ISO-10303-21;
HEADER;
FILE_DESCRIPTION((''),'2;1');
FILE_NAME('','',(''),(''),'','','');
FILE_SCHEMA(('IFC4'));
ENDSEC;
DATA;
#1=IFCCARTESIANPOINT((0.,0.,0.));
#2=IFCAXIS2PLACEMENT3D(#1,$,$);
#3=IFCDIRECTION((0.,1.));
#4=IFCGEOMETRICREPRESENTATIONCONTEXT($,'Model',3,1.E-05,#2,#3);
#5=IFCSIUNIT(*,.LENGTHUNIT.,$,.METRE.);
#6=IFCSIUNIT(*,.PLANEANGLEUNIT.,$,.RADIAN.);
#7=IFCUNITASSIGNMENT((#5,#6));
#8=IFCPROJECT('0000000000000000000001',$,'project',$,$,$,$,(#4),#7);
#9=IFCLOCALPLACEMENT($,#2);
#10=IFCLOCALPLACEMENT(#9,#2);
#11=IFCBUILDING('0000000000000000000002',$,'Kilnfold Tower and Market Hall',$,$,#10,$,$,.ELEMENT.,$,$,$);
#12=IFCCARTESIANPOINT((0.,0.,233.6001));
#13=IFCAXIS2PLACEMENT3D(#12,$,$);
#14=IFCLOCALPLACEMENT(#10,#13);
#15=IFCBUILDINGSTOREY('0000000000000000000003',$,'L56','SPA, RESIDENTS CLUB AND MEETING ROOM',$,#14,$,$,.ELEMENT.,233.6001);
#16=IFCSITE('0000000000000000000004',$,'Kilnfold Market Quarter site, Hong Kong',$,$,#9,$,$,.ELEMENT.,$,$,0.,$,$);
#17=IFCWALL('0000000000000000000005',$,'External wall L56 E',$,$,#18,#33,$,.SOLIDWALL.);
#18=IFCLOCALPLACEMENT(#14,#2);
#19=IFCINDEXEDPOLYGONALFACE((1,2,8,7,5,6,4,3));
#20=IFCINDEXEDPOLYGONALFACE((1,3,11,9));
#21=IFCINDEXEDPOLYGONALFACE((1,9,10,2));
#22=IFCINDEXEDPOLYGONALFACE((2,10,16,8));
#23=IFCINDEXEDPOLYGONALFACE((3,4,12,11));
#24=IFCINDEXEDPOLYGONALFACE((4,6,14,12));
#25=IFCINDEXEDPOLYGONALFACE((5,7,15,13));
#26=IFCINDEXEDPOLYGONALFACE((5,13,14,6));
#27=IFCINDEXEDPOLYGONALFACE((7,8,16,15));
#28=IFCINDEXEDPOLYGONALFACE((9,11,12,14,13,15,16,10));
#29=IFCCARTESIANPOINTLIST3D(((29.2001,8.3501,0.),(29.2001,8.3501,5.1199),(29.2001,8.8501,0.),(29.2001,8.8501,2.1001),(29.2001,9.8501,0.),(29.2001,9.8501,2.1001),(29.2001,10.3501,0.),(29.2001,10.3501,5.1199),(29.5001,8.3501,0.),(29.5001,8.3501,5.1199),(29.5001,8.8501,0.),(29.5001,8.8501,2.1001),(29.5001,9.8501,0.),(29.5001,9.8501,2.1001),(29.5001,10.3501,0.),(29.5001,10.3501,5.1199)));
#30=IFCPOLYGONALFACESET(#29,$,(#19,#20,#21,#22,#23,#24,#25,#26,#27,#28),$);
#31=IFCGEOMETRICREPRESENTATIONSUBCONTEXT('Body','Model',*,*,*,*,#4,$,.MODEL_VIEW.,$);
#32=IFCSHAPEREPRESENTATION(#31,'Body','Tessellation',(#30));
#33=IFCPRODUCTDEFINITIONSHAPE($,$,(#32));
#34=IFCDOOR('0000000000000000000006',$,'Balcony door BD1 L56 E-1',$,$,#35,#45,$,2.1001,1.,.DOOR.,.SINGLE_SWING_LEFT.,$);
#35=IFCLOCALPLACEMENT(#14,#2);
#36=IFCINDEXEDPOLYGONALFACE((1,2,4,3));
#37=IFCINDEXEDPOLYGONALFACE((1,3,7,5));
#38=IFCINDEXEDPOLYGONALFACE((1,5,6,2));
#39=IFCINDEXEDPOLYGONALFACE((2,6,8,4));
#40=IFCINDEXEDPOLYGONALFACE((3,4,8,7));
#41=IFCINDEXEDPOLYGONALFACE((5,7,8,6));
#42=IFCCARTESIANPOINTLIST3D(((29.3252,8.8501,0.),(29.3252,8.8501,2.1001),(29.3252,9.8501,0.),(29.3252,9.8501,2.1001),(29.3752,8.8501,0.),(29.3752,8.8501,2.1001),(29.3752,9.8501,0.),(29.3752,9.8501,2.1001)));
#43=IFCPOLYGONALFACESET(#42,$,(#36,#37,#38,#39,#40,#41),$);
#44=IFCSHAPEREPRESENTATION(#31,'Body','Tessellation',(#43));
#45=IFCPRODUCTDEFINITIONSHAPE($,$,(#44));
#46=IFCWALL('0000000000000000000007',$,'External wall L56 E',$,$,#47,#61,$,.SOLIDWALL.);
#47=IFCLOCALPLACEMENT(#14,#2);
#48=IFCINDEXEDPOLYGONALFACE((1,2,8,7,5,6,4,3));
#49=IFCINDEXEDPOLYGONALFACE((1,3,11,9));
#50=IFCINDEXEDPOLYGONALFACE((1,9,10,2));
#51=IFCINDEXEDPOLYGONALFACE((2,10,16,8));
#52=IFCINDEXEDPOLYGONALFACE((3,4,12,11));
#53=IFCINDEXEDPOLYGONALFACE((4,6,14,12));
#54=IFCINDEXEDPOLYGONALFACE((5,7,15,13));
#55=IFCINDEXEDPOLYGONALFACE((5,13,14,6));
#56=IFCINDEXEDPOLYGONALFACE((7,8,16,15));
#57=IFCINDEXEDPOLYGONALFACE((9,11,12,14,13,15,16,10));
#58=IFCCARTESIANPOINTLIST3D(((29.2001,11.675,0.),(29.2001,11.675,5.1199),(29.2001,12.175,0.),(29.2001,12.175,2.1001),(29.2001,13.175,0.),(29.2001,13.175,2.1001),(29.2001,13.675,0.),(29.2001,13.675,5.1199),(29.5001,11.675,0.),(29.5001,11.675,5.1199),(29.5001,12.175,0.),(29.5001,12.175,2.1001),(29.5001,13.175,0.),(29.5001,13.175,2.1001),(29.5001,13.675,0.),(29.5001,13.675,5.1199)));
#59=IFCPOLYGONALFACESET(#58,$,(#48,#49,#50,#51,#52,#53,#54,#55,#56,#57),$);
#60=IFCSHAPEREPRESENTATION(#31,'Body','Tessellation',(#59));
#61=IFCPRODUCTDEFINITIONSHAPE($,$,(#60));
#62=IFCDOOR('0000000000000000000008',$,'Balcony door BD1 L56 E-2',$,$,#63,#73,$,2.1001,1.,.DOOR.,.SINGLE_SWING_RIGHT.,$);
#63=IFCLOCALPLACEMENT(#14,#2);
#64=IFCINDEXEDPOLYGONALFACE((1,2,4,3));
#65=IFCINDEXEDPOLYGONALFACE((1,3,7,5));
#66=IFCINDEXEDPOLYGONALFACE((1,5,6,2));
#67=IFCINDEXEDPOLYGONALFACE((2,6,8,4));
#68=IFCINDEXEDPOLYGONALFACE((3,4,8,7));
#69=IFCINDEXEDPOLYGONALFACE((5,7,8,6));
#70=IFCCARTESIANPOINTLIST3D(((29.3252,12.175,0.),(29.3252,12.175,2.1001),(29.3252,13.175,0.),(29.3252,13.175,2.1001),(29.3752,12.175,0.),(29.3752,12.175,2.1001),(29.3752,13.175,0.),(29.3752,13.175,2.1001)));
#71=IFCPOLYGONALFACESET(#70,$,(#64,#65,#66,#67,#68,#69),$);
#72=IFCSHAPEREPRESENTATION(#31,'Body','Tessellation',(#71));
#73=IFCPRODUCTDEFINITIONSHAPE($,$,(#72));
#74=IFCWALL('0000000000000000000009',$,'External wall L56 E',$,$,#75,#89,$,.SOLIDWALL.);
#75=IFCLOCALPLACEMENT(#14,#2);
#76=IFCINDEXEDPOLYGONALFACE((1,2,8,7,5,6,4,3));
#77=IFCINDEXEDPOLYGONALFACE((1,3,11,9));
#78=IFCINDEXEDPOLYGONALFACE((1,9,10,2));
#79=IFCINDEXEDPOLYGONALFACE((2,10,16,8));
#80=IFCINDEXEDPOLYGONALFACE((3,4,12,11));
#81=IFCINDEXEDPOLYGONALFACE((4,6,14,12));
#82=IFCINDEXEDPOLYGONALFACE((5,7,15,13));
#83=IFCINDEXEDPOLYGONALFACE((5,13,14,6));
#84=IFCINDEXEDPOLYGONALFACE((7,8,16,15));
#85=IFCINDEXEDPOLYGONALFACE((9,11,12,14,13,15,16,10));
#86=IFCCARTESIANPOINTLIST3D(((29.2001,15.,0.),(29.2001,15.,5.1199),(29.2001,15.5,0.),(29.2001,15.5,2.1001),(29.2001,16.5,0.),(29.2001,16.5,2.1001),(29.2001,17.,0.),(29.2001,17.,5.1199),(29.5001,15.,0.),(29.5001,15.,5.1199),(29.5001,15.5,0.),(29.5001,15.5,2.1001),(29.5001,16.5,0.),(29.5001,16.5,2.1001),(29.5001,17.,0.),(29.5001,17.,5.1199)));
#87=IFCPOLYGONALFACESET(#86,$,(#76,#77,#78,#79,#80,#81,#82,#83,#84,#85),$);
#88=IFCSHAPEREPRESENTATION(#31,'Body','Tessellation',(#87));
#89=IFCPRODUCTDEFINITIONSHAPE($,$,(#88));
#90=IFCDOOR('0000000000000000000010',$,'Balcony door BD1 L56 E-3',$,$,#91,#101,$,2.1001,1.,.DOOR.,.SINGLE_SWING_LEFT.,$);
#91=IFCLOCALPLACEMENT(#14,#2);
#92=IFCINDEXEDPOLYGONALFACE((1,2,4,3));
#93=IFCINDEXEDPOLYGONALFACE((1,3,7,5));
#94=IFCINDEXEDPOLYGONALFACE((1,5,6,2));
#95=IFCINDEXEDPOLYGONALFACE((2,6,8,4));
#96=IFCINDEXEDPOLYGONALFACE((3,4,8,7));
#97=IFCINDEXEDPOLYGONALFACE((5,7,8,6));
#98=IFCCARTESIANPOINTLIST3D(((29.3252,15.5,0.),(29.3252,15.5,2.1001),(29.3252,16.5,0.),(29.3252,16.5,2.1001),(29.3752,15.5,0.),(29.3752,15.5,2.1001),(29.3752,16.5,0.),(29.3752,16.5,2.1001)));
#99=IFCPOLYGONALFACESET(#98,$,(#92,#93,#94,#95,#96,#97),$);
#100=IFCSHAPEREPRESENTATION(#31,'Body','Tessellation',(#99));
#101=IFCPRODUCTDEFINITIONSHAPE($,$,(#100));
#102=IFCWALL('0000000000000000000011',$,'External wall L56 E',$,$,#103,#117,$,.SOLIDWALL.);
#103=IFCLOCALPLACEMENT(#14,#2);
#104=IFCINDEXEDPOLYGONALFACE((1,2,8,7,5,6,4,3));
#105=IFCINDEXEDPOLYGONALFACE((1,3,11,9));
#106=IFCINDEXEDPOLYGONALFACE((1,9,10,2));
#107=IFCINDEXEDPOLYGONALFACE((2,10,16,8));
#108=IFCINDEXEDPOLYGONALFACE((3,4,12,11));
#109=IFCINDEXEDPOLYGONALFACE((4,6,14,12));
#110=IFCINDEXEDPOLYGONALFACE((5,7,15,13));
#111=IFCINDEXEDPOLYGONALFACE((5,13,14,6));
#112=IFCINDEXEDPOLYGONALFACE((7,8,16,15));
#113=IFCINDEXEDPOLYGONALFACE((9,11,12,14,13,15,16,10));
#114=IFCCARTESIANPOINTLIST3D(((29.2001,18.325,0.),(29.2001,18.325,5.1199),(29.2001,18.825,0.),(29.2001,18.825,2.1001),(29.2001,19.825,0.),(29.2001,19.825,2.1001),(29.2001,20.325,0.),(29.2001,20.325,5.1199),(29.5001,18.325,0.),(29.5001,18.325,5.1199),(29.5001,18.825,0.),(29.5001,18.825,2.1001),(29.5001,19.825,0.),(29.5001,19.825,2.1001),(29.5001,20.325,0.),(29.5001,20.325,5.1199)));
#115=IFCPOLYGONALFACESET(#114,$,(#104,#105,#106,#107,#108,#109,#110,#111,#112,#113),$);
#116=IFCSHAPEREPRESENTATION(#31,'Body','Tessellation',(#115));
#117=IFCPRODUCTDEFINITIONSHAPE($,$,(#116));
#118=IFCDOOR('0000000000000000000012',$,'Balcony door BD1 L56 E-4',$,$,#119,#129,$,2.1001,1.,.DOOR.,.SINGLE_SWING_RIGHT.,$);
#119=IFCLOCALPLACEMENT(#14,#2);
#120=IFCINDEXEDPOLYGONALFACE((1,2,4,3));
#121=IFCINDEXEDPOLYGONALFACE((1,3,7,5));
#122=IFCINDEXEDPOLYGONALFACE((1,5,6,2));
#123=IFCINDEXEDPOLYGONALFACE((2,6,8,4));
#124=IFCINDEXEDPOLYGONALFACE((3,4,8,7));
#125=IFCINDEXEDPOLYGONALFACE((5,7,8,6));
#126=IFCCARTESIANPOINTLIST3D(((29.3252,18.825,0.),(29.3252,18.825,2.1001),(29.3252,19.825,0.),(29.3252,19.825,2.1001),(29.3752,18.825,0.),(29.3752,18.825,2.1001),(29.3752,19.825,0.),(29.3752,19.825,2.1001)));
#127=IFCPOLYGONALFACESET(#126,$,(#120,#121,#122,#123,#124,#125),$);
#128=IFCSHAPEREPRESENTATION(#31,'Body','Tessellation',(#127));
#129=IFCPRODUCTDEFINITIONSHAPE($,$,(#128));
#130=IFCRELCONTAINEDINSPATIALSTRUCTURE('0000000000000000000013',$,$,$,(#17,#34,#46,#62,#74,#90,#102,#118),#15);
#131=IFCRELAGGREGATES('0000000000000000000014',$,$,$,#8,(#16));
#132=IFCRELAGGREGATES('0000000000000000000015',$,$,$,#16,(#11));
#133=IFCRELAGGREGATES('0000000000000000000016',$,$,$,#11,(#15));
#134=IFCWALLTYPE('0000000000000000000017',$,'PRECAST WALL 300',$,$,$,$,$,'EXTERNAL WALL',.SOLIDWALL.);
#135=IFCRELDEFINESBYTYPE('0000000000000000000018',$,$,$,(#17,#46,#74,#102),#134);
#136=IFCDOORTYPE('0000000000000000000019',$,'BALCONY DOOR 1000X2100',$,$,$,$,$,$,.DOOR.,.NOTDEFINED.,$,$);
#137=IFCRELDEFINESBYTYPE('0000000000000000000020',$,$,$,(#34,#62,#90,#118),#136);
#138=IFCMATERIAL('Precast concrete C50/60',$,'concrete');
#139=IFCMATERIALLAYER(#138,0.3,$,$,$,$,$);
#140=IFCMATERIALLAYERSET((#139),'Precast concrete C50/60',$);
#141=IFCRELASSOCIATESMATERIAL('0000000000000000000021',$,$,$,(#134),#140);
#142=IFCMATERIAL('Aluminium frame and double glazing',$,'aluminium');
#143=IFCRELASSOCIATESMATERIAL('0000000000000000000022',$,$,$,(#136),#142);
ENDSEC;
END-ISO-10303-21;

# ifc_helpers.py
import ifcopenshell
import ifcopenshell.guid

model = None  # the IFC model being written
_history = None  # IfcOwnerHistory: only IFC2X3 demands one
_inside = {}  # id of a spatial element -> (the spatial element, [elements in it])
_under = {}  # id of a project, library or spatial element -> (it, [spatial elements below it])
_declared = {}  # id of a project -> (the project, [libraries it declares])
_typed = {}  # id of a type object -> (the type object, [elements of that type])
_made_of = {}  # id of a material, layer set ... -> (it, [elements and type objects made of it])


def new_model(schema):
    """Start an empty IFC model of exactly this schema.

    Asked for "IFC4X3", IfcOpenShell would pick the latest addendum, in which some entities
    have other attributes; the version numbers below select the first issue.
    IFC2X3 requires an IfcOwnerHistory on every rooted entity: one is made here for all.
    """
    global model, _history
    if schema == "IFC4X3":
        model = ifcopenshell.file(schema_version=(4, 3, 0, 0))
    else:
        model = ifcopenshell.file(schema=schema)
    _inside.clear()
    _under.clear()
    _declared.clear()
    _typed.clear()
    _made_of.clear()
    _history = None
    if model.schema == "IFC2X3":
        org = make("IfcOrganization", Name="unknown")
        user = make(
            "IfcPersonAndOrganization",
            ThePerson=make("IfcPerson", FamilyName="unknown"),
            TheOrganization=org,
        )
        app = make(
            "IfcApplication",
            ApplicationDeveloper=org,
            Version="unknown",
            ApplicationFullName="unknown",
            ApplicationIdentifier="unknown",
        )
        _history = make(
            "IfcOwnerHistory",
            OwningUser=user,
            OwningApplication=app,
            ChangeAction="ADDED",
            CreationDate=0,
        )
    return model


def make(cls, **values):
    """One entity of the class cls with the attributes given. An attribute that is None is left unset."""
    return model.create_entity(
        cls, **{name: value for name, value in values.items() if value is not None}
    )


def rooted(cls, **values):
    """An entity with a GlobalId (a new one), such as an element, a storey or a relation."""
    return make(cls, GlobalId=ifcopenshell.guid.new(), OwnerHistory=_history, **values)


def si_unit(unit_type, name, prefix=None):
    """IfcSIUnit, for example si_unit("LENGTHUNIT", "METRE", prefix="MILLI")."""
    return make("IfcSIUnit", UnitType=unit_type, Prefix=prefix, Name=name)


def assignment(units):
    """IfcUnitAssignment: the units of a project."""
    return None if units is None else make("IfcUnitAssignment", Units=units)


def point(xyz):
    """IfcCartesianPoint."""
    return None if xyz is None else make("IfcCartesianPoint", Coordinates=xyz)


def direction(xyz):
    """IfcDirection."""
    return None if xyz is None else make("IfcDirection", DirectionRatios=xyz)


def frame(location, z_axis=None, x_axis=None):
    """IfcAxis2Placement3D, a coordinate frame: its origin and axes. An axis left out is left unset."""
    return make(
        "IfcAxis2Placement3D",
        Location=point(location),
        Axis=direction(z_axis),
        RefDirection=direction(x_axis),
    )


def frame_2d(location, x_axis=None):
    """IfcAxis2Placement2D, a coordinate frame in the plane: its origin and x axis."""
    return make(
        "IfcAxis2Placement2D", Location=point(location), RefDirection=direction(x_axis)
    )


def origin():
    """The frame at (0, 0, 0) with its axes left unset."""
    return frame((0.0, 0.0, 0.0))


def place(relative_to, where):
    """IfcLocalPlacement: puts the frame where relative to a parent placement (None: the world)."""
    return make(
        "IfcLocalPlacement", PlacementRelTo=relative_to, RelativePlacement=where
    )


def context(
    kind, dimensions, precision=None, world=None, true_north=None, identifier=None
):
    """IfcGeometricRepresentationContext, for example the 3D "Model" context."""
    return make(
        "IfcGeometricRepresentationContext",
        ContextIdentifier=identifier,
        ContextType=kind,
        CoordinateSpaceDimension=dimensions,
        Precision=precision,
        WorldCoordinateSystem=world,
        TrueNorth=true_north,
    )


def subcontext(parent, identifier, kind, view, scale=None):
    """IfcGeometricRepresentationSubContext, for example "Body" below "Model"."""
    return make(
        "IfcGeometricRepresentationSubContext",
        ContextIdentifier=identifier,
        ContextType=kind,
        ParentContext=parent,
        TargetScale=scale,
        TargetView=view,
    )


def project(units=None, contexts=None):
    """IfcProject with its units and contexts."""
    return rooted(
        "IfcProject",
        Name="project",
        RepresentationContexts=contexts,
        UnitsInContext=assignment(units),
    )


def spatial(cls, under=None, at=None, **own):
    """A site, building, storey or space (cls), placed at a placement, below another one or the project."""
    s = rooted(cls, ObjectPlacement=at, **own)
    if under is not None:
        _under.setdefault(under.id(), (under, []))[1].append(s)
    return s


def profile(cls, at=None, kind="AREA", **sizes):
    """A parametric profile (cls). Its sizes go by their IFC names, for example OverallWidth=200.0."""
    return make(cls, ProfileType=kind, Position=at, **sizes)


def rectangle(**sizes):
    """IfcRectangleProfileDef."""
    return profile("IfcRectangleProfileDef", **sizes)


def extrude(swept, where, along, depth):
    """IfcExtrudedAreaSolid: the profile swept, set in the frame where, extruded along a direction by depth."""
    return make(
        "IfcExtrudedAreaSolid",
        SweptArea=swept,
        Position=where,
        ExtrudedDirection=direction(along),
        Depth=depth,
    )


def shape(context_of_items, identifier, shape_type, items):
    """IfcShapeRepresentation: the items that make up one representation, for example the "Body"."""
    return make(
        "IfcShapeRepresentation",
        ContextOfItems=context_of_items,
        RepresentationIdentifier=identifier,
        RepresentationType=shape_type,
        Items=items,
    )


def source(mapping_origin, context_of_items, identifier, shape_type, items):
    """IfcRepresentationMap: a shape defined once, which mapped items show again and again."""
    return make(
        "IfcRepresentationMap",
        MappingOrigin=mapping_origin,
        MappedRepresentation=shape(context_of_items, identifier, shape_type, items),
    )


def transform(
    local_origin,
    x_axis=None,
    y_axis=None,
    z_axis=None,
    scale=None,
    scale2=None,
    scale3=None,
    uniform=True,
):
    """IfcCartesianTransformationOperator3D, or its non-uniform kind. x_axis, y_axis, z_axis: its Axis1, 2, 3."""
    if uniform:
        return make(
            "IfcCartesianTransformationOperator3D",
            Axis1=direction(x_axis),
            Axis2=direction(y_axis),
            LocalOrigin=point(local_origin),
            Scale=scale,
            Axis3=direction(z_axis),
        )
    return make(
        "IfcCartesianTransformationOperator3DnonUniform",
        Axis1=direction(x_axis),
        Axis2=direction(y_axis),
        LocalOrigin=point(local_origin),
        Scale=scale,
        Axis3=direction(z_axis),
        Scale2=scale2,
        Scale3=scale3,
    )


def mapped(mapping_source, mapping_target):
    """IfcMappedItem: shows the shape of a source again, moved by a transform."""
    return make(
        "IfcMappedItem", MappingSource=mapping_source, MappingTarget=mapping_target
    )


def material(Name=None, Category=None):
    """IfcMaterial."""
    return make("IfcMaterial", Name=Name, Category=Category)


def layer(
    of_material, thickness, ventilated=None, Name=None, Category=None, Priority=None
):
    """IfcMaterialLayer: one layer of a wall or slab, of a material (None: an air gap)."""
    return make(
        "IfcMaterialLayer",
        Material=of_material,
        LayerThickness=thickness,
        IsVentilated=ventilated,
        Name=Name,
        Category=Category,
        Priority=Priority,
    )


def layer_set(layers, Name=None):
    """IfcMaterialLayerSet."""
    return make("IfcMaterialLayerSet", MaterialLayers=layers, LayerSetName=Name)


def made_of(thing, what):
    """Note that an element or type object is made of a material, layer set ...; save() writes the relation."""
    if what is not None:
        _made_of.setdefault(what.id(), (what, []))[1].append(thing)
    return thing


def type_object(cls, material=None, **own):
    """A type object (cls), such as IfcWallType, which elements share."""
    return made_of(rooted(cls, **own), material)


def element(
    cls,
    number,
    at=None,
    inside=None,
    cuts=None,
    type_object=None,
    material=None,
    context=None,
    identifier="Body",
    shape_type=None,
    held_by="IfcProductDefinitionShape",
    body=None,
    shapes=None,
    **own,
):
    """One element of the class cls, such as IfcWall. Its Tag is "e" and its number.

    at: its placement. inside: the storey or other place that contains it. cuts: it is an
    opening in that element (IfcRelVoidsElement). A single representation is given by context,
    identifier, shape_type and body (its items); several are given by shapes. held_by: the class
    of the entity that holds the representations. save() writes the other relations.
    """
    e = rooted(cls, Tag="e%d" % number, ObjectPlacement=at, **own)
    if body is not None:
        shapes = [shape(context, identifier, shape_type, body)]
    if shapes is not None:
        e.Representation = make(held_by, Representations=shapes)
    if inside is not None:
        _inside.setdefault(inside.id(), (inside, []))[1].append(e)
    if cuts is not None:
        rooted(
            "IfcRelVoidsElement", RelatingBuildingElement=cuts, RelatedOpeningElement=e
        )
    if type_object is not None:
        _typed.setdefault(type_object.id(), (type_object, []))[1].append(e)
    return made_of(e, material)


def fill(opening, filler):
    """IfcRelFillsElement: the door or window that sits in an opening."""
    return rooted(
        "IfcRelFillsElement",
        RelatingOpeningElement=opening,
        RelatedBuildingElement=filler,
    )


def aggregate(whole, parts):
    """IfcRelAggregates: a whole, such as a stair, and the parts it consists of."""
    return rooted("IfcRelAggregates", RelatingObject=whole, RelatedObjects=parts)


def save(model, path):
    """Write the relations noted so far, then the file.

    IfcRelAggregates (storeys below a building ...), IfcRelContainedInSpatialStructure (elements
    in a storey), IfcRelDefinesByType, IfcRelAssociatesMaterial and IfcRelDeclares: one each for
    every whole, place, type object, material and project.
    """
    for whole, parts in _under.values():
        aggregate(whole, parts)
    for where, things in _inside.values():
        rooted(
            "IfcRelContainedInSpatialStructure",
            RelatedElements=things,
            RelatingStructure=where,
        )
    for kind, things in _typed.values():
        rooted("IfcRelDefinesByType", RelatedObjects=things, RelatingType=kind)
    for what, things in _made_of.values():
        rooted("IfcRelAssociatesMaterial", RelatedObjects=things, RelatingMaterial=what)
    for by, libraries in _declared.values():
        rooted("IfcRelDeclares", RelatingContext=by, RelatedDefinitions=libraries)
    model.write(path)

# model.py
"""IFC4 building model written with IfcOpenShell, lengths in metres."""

from ifc_helpers import new_model, si_unit, direction, frame, frame_2d, origin, place, context, subcontext, project, spatial, rectangle, extrude, source, transform, mapped, material, layer, layer_set, type_object, element, fill, save


model = new_model("IFC4")

# Units and contexts
model_context = context("Model", 3, precision=1e-05, world=origin(), true_north=direction((0.0, 1.0)))
body_context = subcontext(model_context, "Body", "Model", "MODEL_VIEW")
ifc_project = project(units=[si_unit("LENGTHUNIT", "METRE"), si_unit("PLANEANGLEUNIT", "RADIAN")], contexts=[model_context])

# Site, building, storey
site_placement = place(None, origin())
site = spatial("IfcSite", under=ifc_project, at=site_placement, Name="Kilnfold Market Quarter site, Hong Kong", CompositionType="ELEMENT", RefElevation=0.0)
building_placement = place(site_placement, origin())
building = spatial("IfcBuilding", under=site, at=building_placement, Name="Kilnfold Tower and Market Hall", CompositionType="ELEMENT")
storey_placement = place(building_placement, frame((0.0, 0.0, 233.6001)))
storey = spatial("IfcBuildingStorey", under=building, at=storey_placement, Name="L56", Description="SPA, RESIDENTS CLUB AND MEETING ROOM", CompositionType="ELEMENT", Elevation=233.6001)

# Walls, openings, doors
ifc_material_1 = material(Name="Precast concrete C50/60", Category="concrete")
ifc_layer_1 = layer(ifc_material_1, 0.3)
ifc_layer_set_1 = layer_set([ifc_layer_1], Name="Precast concrete C50/60")
wall_type = type_object("IfcWallType", Name="PRECAST WALL 300", ElementType="EXTERNAL WALL", PredefinedType="SOLIDWALL", material=ifc_layer_set_1)
shared_shape_1 = source(origin(), body_context, "Body", "SweptSolid", [
    extrude(rectangle(XDim=2.0, YDim=0.3, at=frame_2d((1.0, 0.0))), origin(), (0.0, 0.0, 1.0), 5.1199),
])
wall_1_placement = place(storey_placement, frame((29.3501, 8.3501, 0.0), z_axis=(0.0, 0.0, 1.0), x_axis=(0.0, 1.0, 0.0)))
wall_1 = element("IfcWall", 1, at=wall_1_placement, inside=storey, type_object=wall_type, Name="External wall L56 E", PredefinedType="SOLIDWALL", context=body_context, shape_type="MappedRepresentation", body=[
    mapped(shared_shape_1, transform((0.0, 0.0, 0.0))),
])
opening_1_placement = place(wall_1_placement, frame((0.5, 0.0, 0.0)))
opening_1 = element("IfcOpeningElement", 2, at=opening_1_placement, cuts=wall_1, PredefinedType="OPENING", context=body_context, shape_type="SweptSolid", body=[
    extrude(rectangle(XDim=1.0, YDim=2.1001, at=frame_2d((0.5, 1.05))), frame((0.0, 0.1602, 0.0), z_axis=(0.0, -1.0, 0.0), x_axis=(1.0, 0.0, 0.0)), (0.0, 0.0, 1.0), 0.3201),
])
ifc_material_2 = material(Name="Aluminium frame and double glazing", Category="aluminium")
door_type = type_object("IfcDoorType", Name="BALCONY DOOR 1000X2100", OperationType="NOTDEFINED", PredefinedType="DOOR", material=ifc_material_2)
door_1_placement = place(opening_1_placement, origin())
door_1 = element("IfcDoor", 3, at=door_1_placement, inside=storey, type_object=door_type, Name="Balcony door BD1 L56 E-1", OperationType="SINGLE_SWING_LEFT", OverallHeight=2.1001, OverallWidth=1.0, PredefinedType="DOOR", context=body_context, shape_type="SweptSolid", body=[
    extrude(rectangle(XDim=1.0, YDim=2.1001, at=frame_2d((0.5, 1.05))), frame((0.0, 0.0249, 0.0), z_axis=(0.0, -1.0, 0.0), x_axis=(1.0, 0.0, 0.0)), (0.0, 0.0, 1.0), 0.05),
])
fill(opening_1, door_1)
wall_2_placement = place(storey_placement, frame((29.3501, 11.675, 0.0), z_axis=(0.0, 0.0, 1.0), x_axis=(0.0, 1.0, 0.0)))
wall_2 = element("IfcWall", 4, at=wall_2_placement, inside=storey, type_object=wall_type, Name="External wall L56 E", PredefinedType="SOLIDWALL", context=body_context, shape_type="MappedRepresentation", body=[
    mapped(shared_shape_1, transform((0.0, 0.0, 0.0))),
])
opening_2_placement = place(wall_2_placement, frame((0.5, 0.0, 0.0)))
opening_2 = element("IfcOpeningElement", 5, at=opening_2_placement, cuts=wall_2, PredefinedType="OPENING", context=body_context, shape_type="SweptSolid", body=[
    extrude(rectangle(XDim=1.0, YDim=2.1001, at=frame_2d((0.5, 1.05))), frame((0.0, 0.1602, 0.0), z_axis=(0.0, -1.0, 0.0), x_axis=(1.0, 0.0, 0.0)), (0.0, 0.0, 1.0), 0.3201),
])
door_2_placement = place(opening_2_placement, origin())
door_2 = element("IfcDoor", 6, at=door_2_placement, inside=storey, type_object=door_type, Name="Balcony door BD1 L56 E-2", OperationType="SINGLE_SWING_RIGHT", OverallHeight=2.1001, OverallWidth=1.0, PredefinedType="DOOR", context=body_context, shape_type="SweptSolid", body=[
    extrude(rectangle(XDim=1.0, YDim=2.1001, at=frame_2d((0.5, 1.05))), frame((0.0, 0.0249, 0.0), z_axis=(0.0, -1.0, 0.0), x_axis=(1.0, 0.0, 0.0)), (0.0, 0.0, 1.0), 0.05),
])
fill(opening_2, door_2)
wall_3_placement = place(storey_placement, frame((29.3501, 15.0, 0.0), z_axis=(0.0, 0.0, 1.0), x_axis=(0.0, 1.0, 0.0)))
wall_3 = element("IfcWall", 7, at=wall_3_placement, inside=storey, type_object=wall_type, Name="External wall L56 E", PredefinedType="SOLIDWALL", context=body_context, shape_type="MappedRepresentation", body=[
    mapped(shared_shape_1, transform((0.0, 0.0, 0.0))),
])
opening_3_placement = place(wall_3_placement, frame((0.5, 0.0, 0.0)))
opening_3 = element("IfcOpeningElement", 8, at=opening_3_placement, cuts=wall_3, PredefinedType="OPENING", context=body_context, shape_type="SweptSolid", body=[
    extrude(rectangle(XDim=1.0, YDim=2.1001, at=frame_2d((0.5, 1.05))), frame((0.0, 0.1602, 0.0), z_axis=(0.0, -1.0, 0.0), x_axis=(1.0, 0.0, 0.0)), (0.0, 0.0, 1.0), 0.3201),
])
door_3_placement = place(opening_3_placement, origin())
door_3 = element("IfcDoor", 9, at=door_3_placement, inside=storey, type_object=door_type, Name="Balcony door BD1 L56 E-3", OperationType="SINGLE_SWING_LEFT", OverallHeight=2.1001, OverallWidth=1.0, PredefinedType="DOOR", context=body_context, shape_type="SweptSolid", body=[
    extrude(rectangle(XDim=1.0, YDim=2.1001, at=frame_2d((0.5, 1.05))), frame((0.0, 0.0249, 0.0), z_axis=(0.0, -1.0, 0.0), x_axis=(1.0, 0.0, 0.0)), (0.0, 0.0, 1.0), 0.05),
])
fill(opening_3, door_3)
wall_4_placement = place(storey_placement, frame((29.3501, 18.325, 0.0), z_axis=(0.0, 0.0, 1.0), x_axis=(0.0, 1.0, 0.0)))
wall_4 = element("IfcWall", 10, at=wall_4_placement, inside=storey, type_object=wall_type, Name="External wall L56 E", PredefinedType="SOLIDWALL", context=body_context, shape_type="MappedRepresentation", body=[
    mapped(shared_shape_1, transform((0.0, 0.0, 0.0))),
])
opening_4_placement = place(wall_4_placement, frame((0.5, 0.0, 0.0)))
opening_4 = element("IfcOpeningElement", 11, at=opening_4_placement, cuts=wall_4, PredefinedType="OPENING", context=body_context, shape_type="SweptSolid", body=[
    extrude(rectangle(XDim=1.0, YDim=2.1001, at=frame_2d((0.5, 1.05))), frame((0.0, 0.1602, 0.0), z_axis=(0.0, -1.0, 0.0), x_axis=(1.0, 0.0, 0.0)), (0.0, 0.0, 1.0), 0.3201),
])
door_4_placement = place(opening_4_placement, origin())
door_4 = element("IfcDoor", 12, at=door_4_placement, inside=storey, type_object=door_type, Name="Balcony door BD1 L56 E-4", OperationType="SINGLE_SWING_RIGHT", OverallHeight=2.1001, OverallWidth=1.0, PredefinedType="DOOR", context=body_context, shape_type="SweptSolid", body=[
    extrude(rectangle(XDim=1.0, YDim=2.1001, at=frame_2d((0.5, 1.05))), frame((0.0, 0.0249, 0.0), z_axis=(0.0, -1.0, 0.0), x_axis=(1.0, 0.0, 0.0)), (0.0, 0.0, 1.0), 0.05),
])
fill(opening_4, door_4)

save(model, "model.ifc")
